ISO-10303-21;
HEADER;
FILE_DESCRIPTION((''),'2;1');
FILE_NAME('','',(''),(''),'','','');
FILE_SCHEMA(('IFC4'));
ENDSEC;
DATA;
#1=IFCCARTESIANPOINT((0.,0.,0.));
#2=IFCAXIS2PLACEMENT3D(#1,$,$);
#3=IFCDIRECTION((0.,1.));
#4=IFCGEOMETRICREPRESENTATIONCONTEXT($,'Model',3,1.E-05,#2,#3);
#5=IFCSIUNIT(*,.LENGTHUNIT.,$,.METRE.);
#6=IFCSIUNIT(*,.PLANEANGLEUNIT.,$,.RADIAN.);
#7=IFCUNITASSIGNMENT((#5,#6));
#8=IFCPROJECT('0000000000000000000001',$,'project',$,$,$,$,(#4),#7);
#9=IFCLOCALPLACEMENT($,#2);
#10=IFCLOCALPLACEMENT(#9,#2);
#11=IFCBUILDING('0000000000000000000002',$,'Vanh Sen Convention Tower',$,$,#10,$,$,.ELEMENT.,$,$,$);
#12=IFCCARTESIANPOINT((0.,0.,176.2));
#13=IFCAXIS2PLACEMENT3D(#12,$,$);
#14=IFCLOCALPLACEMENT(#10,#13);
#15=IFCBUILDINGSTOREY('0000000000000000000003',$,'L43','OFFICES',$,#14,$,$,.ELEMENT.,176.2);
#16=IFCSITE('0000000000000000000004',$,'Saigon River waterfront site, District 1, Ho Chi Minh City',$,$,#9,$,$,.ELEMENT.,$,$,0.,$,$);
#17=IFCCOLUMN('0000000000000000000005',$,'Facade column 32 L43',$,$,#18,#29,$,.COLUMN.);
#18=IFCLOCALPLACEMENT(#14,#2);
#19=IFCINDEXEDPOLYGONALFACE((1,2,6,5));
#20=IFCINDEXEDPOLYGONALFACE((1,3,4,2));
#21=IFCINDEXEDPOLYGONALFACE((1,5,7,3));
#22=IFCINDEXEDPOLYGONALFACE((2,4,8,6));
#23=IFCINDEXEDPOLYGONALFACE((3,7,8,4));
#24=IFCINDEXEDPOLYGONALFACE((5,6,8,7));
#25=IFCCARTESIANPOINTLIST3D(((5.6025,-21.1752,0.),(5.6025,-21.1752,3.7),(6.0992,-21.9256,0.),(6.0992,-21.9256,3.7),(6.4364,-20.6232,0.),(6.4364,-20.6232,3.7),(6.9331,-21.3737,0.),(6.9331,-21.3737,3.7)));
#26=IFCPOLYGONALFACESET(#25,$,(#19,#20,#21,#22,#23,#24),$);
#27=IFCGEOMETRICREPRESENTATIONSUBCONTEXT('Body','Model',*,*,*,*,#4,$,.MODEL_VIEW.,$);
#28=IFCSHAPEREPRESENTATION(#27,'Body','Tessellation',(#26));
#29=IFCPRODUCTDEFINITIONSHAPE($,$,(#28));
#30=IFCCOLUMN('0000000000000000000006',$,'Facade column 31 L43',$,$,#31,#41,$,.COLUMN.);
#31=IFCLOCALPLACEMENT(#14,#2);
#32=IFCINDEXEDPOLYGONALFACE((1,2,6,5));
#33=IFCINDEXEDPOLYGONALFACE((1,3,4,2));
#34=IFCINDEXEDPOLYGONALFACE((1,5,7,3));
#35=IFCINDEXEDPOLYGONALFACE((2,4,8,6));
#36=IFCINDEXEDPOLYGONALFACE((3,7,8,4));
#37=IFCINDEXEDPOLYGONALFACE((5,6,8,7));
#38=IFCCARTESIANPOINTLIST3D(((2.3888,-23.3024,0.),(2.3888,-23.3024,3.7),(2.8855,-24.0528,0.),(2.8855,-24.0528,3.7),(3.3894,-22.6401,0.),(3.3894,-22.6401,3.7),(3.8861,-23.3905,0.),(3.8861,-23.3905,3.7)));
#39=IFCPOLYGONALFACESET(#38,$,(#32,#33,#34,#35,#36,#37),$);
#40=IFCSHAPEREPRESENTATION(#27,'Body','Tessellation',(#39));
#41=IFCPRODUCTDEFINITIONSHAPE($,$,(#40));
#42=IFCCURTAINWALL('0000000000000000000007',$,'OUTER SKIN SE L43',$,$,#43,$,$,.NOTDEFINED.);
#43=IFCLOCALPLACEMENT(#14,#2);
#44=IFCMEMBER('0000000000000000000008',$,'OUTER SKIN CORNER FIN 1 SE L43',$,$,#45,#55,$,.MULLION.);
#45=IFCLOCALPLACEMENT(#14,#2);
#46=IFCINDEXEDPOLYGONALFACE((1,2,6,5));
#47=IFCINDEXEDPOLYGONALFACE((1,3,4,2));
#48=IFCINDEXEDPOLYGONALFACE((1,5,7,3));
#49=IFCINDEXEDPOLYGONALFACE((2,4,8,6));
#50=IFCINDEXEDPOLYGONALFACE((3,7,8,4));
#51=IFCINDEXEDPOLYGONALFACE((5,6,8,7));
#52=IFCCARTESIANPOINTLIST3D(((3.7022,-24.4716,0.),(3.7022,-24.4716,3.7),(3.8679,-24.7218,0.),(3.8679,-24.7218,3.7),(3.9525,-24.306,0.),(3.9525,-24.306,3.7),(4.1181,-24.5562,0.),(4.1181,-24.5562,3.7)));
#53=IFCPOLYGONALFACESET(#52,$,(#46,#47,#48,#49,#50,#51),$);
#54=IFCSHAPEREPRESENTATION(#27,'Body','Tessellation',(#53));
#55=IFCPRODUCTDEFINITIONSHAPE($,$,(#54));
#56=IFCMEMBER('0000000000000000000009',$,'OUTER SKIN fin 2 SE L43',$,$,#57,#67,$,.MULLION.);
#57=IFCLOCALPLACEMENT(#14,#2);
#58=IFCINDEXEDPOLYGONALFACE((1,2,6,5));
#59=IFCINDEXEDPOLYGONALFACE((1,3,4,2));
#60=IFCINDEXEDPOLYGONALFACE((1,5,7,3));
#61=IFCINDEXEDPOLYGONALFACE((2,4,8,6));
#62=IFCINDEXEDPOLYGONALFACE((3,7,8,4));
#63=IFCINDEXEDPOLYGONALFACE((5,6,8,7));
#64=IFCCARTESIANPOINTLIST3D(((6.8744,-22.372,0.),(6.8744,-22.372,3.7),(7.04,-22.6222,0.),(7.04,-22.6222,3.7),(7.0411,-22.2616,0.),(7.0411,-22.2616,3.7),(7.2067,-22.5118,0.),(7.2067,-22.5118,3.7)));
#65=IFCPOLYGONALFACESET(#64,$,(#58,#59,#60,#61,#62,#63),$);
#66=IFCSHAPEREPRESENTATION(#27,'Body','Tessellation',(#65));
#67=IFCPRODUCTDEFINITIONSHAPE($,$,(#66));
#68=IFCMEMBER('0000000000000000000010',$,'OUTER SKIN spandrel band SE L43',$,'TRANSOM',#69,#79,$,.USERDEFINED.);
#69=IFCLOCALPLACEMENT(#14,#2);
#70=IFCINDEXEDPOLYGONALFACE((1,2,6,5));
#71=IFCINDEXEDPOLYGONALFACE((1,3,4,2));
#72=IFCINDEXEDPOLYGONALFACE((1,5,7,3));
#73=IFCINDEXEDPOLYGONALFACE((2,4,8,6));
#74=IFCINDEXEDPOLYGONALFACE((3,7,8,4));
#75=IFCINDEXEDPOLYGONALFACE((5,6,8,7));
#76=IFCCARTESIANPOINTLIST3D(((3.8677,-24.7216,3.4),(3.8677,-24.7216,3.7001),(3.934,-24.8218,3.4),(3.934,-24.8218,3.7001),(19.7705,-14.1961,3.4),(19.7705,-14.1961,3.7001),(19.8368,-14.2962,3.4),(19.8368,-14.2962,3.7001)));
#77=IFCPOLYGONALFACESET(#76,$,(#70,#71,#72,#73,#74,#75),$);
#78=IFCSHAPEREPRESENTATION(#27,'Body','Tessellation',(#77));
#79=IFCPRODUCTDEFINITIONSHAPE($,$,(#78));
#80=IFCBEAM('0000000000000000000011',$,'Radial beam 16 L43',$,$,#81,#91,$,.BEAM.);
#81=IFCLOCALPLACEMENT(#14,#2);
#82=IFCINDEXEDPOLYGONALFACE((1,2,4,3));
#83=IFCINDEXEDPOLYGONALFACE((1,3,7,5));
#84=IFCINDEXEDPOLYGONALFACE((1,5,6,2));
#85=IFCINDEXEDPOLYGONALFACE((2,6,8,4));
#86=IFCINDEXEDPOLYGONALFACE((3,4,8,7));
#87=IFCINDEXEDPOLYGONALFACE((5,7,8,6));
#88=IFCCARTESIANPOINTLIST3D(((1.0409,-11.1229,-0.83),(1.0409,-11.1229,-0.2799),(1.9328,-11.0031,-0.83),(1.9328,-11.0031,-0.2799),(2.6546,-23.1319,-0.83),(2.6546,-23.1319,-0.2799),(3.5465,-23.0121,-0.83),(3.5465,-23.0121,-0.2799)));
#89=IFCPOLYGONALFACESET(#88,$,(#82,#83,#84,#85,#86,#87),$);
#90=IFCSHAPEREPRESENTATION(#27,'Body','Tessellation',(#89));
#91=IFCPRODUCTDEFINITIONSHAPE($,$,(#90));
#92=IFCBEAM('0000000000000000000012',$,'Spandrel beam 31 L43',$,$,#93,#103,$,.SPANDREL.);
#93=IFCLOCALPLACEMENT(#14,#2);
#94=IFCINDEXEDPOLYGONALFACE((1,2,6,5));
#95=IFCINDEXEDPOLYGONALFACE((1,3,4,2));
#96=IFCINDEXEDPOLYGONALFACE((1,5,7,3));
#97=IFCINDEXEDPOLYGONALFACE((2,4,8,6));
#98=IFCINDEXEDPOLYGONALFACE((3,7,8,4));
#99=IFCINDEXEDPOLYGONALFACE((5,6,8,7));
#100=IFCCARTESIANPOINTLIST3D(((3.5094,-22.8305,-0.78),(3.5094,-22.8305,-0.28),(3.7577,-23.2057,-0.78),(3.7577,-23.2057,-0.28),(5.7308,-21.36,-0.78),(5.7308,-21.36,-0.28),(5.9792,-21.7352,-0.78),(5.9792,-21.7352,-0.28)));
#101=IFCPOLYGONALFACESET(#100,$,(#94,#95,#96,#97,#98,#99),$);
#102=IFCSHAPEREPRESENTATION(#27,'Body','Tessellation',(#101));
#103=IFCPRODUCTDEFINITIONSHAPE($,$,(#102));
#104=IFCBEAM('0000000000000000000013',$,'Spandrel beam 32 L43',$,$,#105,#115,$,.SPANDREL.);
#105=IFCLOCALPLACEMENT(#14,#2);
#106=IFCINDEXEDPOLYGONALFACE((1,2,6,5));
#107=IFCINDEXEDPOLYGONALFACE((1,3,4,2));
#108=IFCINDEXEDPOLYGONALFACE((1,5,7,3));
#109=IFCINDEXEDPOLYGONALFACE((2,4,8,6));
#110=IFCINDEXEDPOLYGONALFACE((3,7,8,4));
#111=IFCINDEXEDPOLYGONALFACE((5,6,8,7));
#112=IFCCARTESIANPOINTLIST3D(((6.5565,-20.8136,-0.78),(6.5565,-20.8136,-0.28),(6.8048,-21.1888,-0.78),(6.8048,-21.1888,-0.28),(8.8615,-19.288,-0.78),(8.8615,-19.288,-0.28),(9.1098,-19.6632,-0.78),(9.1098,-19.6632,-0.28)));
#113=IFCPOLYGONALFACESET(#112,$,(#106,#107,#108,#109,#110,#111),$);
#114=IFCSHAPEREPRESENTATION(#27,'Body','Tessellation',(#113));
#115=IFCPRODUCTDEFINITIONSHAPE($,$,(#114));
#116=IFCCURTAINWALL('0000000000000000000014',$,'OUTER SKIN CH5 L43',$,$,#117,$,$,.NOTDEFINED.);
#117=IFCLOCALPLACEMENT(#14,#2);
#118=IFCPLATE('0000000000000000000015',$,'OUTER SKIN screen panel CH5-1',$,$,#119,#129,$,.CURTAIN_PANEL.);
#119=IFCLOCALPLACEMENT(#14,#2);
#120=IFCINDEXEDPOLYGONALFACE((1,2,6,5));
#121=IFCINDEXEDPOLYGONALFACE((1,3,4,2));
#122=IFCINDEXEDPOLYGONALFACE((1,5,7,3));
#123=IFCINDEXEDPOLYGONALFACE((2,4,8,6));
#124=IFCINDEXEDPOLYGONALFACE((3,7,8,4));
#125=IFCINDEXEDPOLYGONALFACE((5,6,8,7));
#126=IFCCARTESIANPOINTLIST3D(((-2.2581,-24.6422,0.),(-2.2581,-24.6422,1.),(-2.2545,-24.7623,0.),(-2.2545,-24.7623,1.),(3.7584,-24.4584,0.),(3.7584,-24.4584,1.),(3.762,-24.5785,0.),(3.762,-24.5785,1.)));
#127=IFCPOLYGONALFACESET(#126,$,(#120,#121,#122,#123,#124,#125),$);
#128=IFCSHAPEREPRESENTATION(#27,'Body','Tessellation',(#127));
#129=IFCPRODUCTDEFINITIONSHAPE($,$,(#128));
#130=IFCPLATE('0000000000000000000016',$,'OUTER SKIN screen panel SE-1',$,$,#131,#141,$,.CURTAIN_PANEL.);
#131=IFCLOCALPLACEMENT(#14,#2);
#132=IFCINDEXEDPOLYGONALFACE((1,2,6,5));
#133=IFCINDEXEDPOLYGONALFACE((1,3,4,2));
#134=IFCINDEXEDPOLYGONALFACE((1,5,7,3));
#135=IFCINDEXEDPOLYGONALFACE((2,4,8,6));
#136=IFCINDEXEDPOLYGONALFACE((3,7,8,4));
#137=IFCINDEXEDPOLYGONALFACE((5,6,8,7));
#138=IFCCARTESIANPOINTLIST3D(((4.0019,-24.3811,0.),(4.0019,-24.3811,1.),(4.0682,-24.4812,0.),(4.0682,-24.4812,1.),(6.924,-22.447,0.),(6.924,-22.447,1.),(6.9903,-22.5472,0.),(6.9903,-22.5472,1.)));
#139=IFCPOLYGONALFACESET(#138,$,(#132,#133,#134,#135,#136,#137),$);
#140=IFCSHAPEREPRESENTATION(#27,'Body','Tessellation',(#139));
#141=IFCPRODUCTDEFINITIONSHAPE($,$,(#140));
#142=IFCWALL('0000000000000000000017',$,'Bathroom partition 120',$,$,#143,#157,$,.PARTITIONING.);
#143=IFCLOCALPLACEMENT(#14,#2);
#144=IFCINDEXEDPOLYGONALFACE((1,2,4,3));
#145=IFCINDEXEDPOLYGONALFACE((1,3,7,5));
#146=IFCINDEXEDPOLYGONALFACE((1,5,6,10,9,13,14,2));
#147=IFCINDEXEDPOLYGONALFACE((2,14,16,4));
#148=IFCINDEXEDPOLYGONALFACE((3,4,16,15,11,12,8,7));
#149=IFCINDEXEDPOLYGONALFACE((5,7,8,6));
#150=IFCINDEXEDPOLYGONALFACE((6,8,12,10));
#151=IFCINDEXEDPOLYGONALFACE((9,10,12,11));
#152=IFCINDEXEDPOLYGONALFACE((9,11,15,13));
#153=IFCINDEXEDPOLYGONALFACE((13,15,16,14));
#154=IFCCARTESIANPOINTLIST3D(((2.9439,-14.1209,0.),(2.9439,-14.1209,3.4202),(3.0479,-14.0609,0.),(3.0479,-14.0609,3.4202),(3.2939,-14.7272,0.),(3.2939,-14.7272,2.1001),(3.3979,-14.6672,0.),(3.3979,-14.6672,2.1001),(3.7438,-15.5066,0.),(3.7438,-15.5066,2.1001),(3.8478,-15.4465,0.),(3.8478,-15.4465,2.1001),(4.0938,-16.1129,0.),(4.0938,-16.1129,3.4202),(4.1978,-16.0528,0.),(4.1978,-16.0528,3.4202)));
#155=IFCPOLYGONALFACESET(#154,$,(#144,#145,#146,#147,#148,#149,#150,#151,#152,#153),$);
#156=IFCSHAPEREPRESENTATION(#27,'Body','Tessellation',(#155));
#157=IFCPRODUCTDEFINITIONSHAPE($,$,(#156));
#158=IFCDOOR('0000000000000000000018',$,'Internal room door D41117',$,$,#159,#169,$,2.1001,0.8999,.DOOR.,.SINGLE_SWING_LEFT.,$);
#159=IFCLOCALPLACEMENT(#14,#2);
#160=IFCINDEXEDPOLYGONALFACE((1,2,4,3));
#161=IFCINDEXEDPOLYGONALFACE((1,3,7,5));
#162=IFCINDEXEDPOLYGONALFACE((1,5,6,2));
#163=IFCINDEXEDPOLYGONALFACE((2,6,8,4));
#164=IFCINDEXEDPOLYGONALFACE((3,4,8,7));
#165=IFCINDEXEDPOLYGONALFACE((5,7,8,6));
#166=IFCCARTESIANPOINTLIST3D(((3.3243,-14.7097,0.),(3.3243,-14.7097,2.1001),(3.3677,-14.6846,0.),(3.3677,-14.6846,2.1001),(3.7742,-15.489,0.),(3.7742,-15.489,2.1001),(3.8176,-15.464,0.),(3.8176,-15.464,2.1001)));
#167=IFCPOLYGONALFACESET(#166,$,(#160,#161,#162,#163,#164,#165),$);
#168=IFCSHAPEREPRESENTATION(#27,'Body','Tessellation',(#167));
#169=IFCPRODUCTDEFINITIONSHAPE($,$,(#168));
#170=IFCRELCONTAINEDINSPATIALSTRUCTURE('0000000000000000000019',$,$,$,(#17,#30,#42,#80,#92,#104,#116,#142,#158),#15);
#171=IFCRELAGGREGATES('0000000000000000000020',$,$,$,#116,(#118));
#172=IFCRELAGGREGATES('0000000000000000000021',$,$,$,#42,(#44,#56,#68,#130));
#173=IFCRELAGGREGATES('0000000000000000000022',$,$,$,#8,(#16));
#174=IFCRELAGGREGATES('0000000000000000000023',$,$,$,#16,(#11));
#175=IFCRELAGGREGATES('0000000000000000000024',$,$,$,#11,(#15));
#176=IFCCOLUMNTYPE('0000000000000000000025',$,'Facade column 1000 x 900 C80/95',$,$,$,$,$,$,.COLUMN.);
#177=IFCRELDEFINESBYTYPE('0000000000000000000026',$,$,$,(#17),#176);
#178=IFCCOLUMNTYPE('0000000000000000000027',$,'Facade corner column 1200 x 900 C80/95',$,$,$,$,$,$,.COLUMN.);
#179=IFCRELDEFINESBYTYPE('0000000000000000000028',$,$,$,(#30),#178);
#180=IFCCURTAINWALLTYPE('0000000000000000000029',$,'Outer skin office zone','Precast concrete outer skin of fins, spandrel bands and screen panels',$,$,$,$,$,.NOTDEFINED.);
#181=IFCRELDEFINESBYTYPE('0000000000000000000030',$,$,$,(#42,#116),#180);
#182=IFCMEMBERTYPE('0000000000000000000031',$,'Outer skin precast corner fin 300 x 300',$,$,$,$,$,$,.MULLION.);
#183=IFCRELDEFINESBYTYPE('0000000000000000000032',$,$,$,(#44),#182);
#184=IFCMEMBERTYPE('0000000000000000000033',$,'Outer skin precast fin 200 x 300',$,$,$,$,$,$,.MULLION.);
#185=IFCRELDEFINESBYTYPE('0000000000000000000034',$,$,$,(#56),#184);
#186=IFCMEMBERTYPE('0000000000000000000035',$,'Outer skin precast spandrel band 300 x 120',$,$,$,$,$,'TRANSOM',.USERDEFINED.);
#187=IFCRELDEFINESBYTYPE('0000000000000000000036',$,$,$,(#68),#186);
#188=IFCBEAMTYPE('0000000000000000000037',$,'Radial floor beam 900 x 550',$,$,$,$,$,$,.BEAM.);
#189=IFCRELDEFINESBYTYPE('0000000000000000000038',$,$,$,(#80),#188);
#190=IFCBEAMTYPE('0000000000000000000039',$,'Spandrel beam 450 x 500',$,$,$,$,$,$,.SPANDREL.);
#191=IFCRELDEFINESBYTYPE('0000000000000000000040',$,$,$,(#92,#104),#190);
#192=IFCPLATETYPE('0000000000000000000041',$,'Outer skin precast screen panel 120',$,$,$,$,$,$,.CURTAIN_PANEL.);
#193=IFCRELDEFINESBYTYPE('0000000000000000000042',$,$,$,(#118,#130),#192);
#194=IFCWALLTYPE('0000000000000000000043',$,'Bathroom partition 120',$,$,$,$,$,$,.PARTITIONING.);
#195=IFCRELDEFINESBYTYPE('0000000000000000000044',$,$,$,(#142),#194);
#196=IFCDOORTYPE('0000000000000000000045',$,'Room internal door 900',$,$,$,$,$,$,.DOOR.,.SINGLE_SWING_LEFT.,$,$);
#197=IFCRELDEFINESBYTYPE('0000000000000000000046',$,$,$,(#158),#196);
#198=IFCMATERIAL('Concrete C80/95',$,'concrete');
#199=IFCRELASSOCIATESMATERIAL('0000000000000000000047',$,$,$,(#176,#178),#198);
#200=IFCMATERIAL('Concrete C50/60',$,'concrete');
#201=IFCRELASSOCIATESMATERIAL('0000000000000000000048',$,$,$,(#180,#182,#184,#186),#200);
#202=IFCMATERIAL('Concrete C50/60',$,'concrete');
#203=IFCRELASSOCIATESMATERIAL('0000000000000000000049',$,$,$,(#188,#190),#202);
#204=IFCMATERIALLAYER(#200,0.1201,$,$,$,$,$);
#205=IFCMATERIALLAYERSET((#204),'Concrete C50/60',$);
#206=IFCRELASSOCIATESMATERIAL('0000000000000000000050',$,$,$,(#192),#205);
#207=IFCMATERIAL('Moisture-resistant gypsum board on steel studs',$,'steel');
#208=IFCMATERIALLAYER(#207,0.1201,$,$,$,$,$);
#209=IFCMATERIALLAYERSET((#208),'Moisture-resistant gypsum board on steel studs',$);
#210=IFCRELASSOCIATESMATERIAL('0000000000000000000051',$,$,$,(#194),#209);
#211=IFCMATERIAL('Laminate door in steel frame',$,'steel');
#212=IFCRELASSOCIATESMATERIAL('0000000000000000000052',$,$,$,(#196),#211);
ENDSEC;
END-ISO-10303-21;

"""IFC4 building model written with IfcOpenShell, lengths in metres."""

from ifc_helpers import new_model, si_unit, direction, frame, frame_2d, origin, origin_2d, place, context, subcontext, project, spatial, rectangle, extrude, material, layer, layer_set, material_profile, profile_set, type_object, element, fill, aggregate, save


model = new_model("IFC4")

# Units and contexts
model_context = context("Model", 3, precision=1e-05, world=origin(), true_north=direction((0.0, 1.0)))
body_context = subcontext(model_context, "Body", "Model", "MODEL_VIEW")
ifc_project = project(units=[si_unit("LENGTHUNIT", "METRE"), si_unit("PLANEANGLEUNIT", "RADIAN")], contexts=[model_context])

# Site, building, storey
site_placement = place(None, origin())
site = spatial("IfcSite", under=ifc_project, at=site_placement, Name="Saigon River waterfront site, District 1, Ho Chi Minh City", CompositionType="ELEMENT", RefElevation=0.0)
building_placement = place(site_placement, origin())
building = spatial("IfcBuilding", under=site, at=building_placement, Name="Vanh Sen Convention Tower", CompositionType="ELEMENT")
storey_placement = place(building_placement, frame((0.0, 0.0, 176.2)))
storey = spatial("IfcBuildingStorey", under=building, at=storey_placement, Name="L43", Description="OFFICES", CompositionType="ELEMENT", Elevation=176.2)

# Columns
ifc_material_1 = material(Name="Concrete C80/95", Category="concrete")
ifc_material_profile_1 = material_profile(ifc_material_1, rectangle(XDim=1.0, YDim=0.8999, at=origin_2d()), Name="RC 1000X900")
ifc_profile_set_1 = profile_set([ifc_material_profile_1], Name="Concrete C80/95")
column_type_1 = type_object("IfcColumnType", Name="Facade column 1000 x 900 C80/95", PredefinedType="COLUMN", material=ifc_profile_set_1)
column_1_placement = place(storey_placement, frame((6.2678, -21.2744, 0.0), z_axis=(0.0, 0.0, 1.0), x_axis=(0.833886, 0.551937, 0.0)))
element("IfcColumn", 1, at=column_1_placement, inside=storey, type_object=column_type_1, Name="Facade column 32 L43", PredefinedType="COLUMN", context=body_context, shape_type="SweptSolid", body=[
    extrude(rectangle(XDim=1.0, YDim=0.8999, at=origin_2d()), origin(), (0.0, 0.0, 1.0), 3.7),
])
ifc_material_profile_2 = material_profile(ifc_material_1, rectangle(XDim=1.2, YDim=0.8999, at=origin_2d()), Name="RC 1200X900")
ifc_profile_set_2 = profile_set([ifc_material_profile_2], Name="Concrete C80/95")
column_type_2 = type_object("IfcColumnType", Name="Facade corner column 1200 x 900 C80/95", PredefinedType="COLUMN", material=ifc_profile_set_2)
column_2_placement = place(storey_placement, frame((3.1375, -23.3464, 0.0), z_axis=(0.0, 0.0, 1.0), x_axis=(0.833886, 0.551937, 0.0)))
element("IfcColumn", 2, at=column_2_placement, inside=storey, type_object=column_type_2, Name="Facade column 31 L43", PredefinedType="COLUMN", context=body_context, shape_type="SweptSolid", body=[
    extrude(rectangle(XDim=1.2, YDim=0.8999, at=origin_2d()), origin(), (0.0, 0.0, 1.0), 3.7),
])

# Curtain wall, members
ifc_material_2 = material(Name="Concrete C50/60", Category="concrete")
curtain_wall_type = type_object("IfcCurtainWallType", Name="Outer skin office zone", Description="Precast concrete outer skin of fins, spandrel bands and screen panels", PredefinedType="NOTDEFINED", material=ifc_material_2)
curtain_wall_1_placement = place(storey_placement, origin())
curtain_wall_1 = element("IfcCurtainWall", 3, at=curtain_wall_1_placement, inside=storey, type_object=curtain_wall_type, Name="OUTER SKIN SE L43", PredefinedType="NOTDEFINED")
ifc_material_profile_3 = material_profile(ifc_material_2, rectangle(XDim=0.3, YDim=0.3, at=origin_2d()), Name="Outer skin precast corner fin 300 x 300")
ifc_profile_set_3 = profile_set([ifc_material_profile_3], Name="Concrete C50/60")
member_type_1 = type_object("IfcMemberType", Name="Outer skin precast corner fin 300 x 300", PredefinedType="MULLION", material=ifc_profile_set_3)
member_1_placement = place(storey_placement, frame((3.9102, -24.5139, 0.0), z_axis=(0.0, 0.0, 1.0), x_axis=(0.833886, 0.551937, 0.0)))
member_1 = element("IfcMember", 4, at=member_1_placement, type_object=member_type_1, Name="OUTER SKIN CORNER FIN 1 SE L43", PredefinedType="MULLION", context=body_context, shape_type="SweptSolid", body=[
    extrude(rectangle(XDim=0.3, YDim=0.3, at=origin_2d()), origin(), (0.0, 0.0, 1.0), 3.7),
])
ifc_material_profile_4 = material_profile(ifc_material_2, rectangle(XDim=0.2, YDim=0.3, at=origin_2d()), Name="Outer skin precast fin 200 x 300")
ifc_profile_set_4 = profile_set([ifc_material_profile_4], Name="Concrete C50/60")
member_type_2 = type_object("IfcMemberType", Name="Outer skin precast fin 200 x 300", PredefinedType="MULLION", material=ifc_profile_set_4)
member_2_placement = place(storey_placement, frame((7.0405, -22.4419, 0.0), z_axis=(0.0, 0.0, 1.0), x_axis=(0.833886, 0.551937, 0.0)))
member_2 = element("IfcMember", 5, at=member_2_placement, type_object=member_type_2, Name="OUTER SKIN fin 2 SE L43", PredefinedType="MULLION", context=body_context, shape_type="SweptSolid", body=[
    extrude(rectangle(XDim=0.2, YDim=0.3, at=origin_2d()), origin(), (0.0, 0.0, 1.0), 3.7),
])
ifc_material_profile_5 = material_profile(ifc_material_2, rectangle(XDim=0.1201, YDim=0.3, at=origin_2d()), Name="Outer skin precast spandrel band 300 x 120")
ifc_profile_set_5 = profile_set([ifc_material_profile_5], Name="Concrete C50/60")
member_type_3 = type_object("IfcMemberType", Name="Outer skin precast spandrel band 300 x 120", ElementType="TRANSOM", PredefinedType="USERDEFINED", material=ifc_profile_set_5)
member_3_placement = place(storey_placement, frame((3.9009, -24.7717, 3.55), z_axis=(0.833891, 0.551929, 0.0), x_axis=(-0.551929, 0.833891, 0.0)))
member_3 = element("IfcMember", 6, at=member_3_placement, type_object=member_type_3, Name="OUTER SKIN spandrel band SE L43", ObjectType="TRANSOM", PredefinedType="USERDEFINED", context=body_context, shape_type="SweptSolid", body=[
    extrude(rectangle(XDim=0.1201, YDim=0.3, at=origin_2d()), origin(), (0.0, 0.0, 1.0), 19.0706),
])

# Beams
ifc_material_3 = material(Name="Concrete C50/60", Category="concrete")
ifc_material_profile_6 = material_profile(ifc_material_3, rectangle(XDim=0.8999, YDim=0.55, at=origin_2d()), Name="RC 900X550")
ifc_profile_set_6 = profile_set([ifc_material_profile_6], Name="Concrete C50/60")
beam_type_1 = type_object("IfcBeamType", Name="Radial floor beam 900 x 550", PredefinedType="BEAM", material=ifc_profile_set_6)
beam_1_placement = place(storey_placement, frame((3.1006, -23.072, -0.5549), z_axis=(-0.133183, 0.991092, 0.0), x_axis=(-0.991092, -0.133183, 0.0)))
element("IfcBeam", 7, at=beam_1_placement, inside=storey, type_object=beam_type_1, Name="Radial beam 16 L43", PredefinedType="BEAM", context=body_context, shape_type="SweptSolid", body=[
    extrude(rectangle(XDim=0.8999, YDim=0.55, at=origin_2d()), origin(), (0.0, 0.0, 1.0), 12.1169),
])
ifc_material_profile_7 = material_profile(ifc_material_3, rectangle(XDim=0.45, YDim=0.5, at=origin_2d()), Name="RC 450X500")
ifc_profile_set_7 = profile_set([ifc_material_profile_7], Name="Concrete C50/60")
beam_type_2 = type_object("IfcBeamType", Name="Spandrel beam 450 x 500", PredefinedType="SPANDREL", material=ifc_profile_set_7)
beam_2_placement = place(storey_placement, frame((3.6335, -23.0181, -0.53), z_axis=(0.833865, 0.551969, 0.0), x_axis=(-0.551969, 0.833865, 0.0)))
element("IfcBeam", 8, at=beam_2_placement, inside=storey, type_object=beam_type_2, Name="Spandrel beam 31 L43", PredefinedType="SPANDREL", context=body_context, shape_type="SweptSolid", body=[
    extrude(rectangle(XDim=0.45, YDim=0.5, at=origin_2d()), origin(), (0.0, 0.0, 1.0), 2.6641),
])
beam_3_placement = place(storey_placement, frame((6.6807, -21.0012, -0.53), z_axis=(0.83388, 0.551945, 0.0), x_axis=(-0.551945, 0.83388, 0.0)))
element("IfcBeam", 9, at=beam_3_placement, inside=storey, type_object=beam_type_2, Name="Spandrel beam 32 L43", PredefinedType="SPANDREL", context=body_context, shape_type="SweptSolid", body=[
    extrude(rectangle(XDim=0.45, YDim=0.5, at=origin_2d()), origin(), (0.0, 0.0, 1.0), 2.7642),
])

# Curtain wall, plate
curtain_wall_2_placement = place(storey_placement, origin())
curtain_wall_2 = element("IfcCurtainWall", 10, at=curtain_wall_2_placement, inside=storey, type_object=curtain_wall_type, Name="OUTER SKIN CH5 L43", PredefinedType="NOTDEFINED")
ifc_layer_1 = layer(ifc_material_2, 0.1201)
ifc_layer_set_1 = layer_set([ifc_layer_1], Name="Concrete C50/60")
plate_type = type_object("IfcPlateType", Name="Outer skin precast screen panel 120", PredefinedType="CURTAIN_PANEL", material=ifc_layer_set_1)
plate_1_placement = place(storey_placement, frame((0.752, -24.6104, 0.0), z_axis=(0.0, 0.0, 1.0), x_axis=(0.999534, 0.03054, 0.0)))
plate_1 = element("IfcPlate", 11, at=plate_1_placement, type_object=plate_type, Name="OUTER SKIN screen panel CH5-1", PredefinedType="CURTAIN_PANEL", context=body_context, shape_type="SweptSolid", body=[
    extrude(rectangle(XDim=6.0193, YDim=0.1201, at=origin_2d()), origin(), (0.0, 0.0, 1.0), 1.0),
])
aggregate(curtain_wall_2, [plate_1])

# Plate
plate_2_placement = place(storey_placement, frame((5.4961, -23.4641, 0.0), z_axis=(0.0, 0.0, 1.0), x_axis=(0.83389, 0.551931, 0.0)))
plate_2 = element("IfcPlate", 12, at=plate_2_placement, type_object=plate_type, Name="OUTER SKIN screen panel SE-1", PredefinedType="CURTAIN_PANEL", context=body_context, shape_type="SweptSolid", body=[
    extrude(rectangle(XDim=3.5042, YDim=0.1201, at=origin_2d()), origin(), (0.0, 0.0, 1.0), 1.0),
])
aggregate(curtain_wall_1, [member_1, member_2, member_3, plate_2])

# Wall, opening, door
ifc_material_4 = material(Name="Moisture-resistant gypsum board on steel studs", Category="steel")
ifc_layer_2 = layer(ifc_material_4, 0.1201)
ifc_layer_set_2 = layer_set([ifc_layer_2], Name="Moisture-resistant gypsum board on steel studs")
wall_type_1 = type_object("IfcWallType", Name="Bathroom partition 120", PredefinedType="PARTITIONING", material=ifc_layer_set_2)
wall_1_placement = place(storey_placement, frame((4.1458, -16.0828, 0.0), z_axis=(0.0, 0.0, 1.0), x_axis=(-0.499952, 0.866053, 0.0)))
wall_1 = element("IfcWall", 13, at=wall_1_placement, inside=storey, type_object=wall_type_1, Name="Bathroom partition 120", PredefinedType="PARTITIONING", context=body_context, shape_type="SweptSolid", body=[
    extrude(rectangle(XDim=2.3, YDim=0.1201, at=frame_2d((1.1499, 0.0))), origin(), (0.0, 0.0, 1.0), 3.4202),
])
opening_1_placement = place(wall_1_placement, frame((0.7, 0.0, 0.0)))
opening_1 = element("IfcOpeningElement", 14, at=opening_1_placement, cuts=wall_1, PredefinedType="OPENING", context=body_context, shape_type="SweptSolid", body=[
    extrude(rectangle(XDim=0.8999, YDim=2.1001, at=frame_2d((0.45, 1.05))), frame((0.0, 0.0701, 0.0), z_axis=(0.0, -1.0, 0.0), x_axis=(1.0, 0.0, 0.0)), (0.0, 0.0, 1.0), 0.1401),
])
ifc_material_5 = material(Name="Laminate door in steel frame", Category="steel")
door_type = type_object("IfcDoorType", Name="Room internal door 900", OperationType="SINGLE_SWING_LEFT", PredefinedType="DOOR", material=ifc_material_5)
door_placement = place(opening_1_placement, origin())
door = element("IfcDoor", 15, at=door_placement, inside=storey, type_object=door_type, Name="Internal room door D41117", OperationType="SINGLE_SWING_LEFT", OverallHeight=2.1001, OverallWidth=0.8999, PredefinedType="DOOR", context=body_context, shape_type="SweptSolid", body=[
    extrude(rectangle(XDim=0.8999, YDim=2.1001, at=frame_2d((0.45, 1.05))), frame((0.0, 0.0249, 0.0), z_axis=(0.0, -1.0, 0.0), x_axis=(1.0, 0.0, 0.0)), (0.0, 0.0, 1.0), 0.05),
])
fill(opening_1, door)

save(model, "model.ifc")
